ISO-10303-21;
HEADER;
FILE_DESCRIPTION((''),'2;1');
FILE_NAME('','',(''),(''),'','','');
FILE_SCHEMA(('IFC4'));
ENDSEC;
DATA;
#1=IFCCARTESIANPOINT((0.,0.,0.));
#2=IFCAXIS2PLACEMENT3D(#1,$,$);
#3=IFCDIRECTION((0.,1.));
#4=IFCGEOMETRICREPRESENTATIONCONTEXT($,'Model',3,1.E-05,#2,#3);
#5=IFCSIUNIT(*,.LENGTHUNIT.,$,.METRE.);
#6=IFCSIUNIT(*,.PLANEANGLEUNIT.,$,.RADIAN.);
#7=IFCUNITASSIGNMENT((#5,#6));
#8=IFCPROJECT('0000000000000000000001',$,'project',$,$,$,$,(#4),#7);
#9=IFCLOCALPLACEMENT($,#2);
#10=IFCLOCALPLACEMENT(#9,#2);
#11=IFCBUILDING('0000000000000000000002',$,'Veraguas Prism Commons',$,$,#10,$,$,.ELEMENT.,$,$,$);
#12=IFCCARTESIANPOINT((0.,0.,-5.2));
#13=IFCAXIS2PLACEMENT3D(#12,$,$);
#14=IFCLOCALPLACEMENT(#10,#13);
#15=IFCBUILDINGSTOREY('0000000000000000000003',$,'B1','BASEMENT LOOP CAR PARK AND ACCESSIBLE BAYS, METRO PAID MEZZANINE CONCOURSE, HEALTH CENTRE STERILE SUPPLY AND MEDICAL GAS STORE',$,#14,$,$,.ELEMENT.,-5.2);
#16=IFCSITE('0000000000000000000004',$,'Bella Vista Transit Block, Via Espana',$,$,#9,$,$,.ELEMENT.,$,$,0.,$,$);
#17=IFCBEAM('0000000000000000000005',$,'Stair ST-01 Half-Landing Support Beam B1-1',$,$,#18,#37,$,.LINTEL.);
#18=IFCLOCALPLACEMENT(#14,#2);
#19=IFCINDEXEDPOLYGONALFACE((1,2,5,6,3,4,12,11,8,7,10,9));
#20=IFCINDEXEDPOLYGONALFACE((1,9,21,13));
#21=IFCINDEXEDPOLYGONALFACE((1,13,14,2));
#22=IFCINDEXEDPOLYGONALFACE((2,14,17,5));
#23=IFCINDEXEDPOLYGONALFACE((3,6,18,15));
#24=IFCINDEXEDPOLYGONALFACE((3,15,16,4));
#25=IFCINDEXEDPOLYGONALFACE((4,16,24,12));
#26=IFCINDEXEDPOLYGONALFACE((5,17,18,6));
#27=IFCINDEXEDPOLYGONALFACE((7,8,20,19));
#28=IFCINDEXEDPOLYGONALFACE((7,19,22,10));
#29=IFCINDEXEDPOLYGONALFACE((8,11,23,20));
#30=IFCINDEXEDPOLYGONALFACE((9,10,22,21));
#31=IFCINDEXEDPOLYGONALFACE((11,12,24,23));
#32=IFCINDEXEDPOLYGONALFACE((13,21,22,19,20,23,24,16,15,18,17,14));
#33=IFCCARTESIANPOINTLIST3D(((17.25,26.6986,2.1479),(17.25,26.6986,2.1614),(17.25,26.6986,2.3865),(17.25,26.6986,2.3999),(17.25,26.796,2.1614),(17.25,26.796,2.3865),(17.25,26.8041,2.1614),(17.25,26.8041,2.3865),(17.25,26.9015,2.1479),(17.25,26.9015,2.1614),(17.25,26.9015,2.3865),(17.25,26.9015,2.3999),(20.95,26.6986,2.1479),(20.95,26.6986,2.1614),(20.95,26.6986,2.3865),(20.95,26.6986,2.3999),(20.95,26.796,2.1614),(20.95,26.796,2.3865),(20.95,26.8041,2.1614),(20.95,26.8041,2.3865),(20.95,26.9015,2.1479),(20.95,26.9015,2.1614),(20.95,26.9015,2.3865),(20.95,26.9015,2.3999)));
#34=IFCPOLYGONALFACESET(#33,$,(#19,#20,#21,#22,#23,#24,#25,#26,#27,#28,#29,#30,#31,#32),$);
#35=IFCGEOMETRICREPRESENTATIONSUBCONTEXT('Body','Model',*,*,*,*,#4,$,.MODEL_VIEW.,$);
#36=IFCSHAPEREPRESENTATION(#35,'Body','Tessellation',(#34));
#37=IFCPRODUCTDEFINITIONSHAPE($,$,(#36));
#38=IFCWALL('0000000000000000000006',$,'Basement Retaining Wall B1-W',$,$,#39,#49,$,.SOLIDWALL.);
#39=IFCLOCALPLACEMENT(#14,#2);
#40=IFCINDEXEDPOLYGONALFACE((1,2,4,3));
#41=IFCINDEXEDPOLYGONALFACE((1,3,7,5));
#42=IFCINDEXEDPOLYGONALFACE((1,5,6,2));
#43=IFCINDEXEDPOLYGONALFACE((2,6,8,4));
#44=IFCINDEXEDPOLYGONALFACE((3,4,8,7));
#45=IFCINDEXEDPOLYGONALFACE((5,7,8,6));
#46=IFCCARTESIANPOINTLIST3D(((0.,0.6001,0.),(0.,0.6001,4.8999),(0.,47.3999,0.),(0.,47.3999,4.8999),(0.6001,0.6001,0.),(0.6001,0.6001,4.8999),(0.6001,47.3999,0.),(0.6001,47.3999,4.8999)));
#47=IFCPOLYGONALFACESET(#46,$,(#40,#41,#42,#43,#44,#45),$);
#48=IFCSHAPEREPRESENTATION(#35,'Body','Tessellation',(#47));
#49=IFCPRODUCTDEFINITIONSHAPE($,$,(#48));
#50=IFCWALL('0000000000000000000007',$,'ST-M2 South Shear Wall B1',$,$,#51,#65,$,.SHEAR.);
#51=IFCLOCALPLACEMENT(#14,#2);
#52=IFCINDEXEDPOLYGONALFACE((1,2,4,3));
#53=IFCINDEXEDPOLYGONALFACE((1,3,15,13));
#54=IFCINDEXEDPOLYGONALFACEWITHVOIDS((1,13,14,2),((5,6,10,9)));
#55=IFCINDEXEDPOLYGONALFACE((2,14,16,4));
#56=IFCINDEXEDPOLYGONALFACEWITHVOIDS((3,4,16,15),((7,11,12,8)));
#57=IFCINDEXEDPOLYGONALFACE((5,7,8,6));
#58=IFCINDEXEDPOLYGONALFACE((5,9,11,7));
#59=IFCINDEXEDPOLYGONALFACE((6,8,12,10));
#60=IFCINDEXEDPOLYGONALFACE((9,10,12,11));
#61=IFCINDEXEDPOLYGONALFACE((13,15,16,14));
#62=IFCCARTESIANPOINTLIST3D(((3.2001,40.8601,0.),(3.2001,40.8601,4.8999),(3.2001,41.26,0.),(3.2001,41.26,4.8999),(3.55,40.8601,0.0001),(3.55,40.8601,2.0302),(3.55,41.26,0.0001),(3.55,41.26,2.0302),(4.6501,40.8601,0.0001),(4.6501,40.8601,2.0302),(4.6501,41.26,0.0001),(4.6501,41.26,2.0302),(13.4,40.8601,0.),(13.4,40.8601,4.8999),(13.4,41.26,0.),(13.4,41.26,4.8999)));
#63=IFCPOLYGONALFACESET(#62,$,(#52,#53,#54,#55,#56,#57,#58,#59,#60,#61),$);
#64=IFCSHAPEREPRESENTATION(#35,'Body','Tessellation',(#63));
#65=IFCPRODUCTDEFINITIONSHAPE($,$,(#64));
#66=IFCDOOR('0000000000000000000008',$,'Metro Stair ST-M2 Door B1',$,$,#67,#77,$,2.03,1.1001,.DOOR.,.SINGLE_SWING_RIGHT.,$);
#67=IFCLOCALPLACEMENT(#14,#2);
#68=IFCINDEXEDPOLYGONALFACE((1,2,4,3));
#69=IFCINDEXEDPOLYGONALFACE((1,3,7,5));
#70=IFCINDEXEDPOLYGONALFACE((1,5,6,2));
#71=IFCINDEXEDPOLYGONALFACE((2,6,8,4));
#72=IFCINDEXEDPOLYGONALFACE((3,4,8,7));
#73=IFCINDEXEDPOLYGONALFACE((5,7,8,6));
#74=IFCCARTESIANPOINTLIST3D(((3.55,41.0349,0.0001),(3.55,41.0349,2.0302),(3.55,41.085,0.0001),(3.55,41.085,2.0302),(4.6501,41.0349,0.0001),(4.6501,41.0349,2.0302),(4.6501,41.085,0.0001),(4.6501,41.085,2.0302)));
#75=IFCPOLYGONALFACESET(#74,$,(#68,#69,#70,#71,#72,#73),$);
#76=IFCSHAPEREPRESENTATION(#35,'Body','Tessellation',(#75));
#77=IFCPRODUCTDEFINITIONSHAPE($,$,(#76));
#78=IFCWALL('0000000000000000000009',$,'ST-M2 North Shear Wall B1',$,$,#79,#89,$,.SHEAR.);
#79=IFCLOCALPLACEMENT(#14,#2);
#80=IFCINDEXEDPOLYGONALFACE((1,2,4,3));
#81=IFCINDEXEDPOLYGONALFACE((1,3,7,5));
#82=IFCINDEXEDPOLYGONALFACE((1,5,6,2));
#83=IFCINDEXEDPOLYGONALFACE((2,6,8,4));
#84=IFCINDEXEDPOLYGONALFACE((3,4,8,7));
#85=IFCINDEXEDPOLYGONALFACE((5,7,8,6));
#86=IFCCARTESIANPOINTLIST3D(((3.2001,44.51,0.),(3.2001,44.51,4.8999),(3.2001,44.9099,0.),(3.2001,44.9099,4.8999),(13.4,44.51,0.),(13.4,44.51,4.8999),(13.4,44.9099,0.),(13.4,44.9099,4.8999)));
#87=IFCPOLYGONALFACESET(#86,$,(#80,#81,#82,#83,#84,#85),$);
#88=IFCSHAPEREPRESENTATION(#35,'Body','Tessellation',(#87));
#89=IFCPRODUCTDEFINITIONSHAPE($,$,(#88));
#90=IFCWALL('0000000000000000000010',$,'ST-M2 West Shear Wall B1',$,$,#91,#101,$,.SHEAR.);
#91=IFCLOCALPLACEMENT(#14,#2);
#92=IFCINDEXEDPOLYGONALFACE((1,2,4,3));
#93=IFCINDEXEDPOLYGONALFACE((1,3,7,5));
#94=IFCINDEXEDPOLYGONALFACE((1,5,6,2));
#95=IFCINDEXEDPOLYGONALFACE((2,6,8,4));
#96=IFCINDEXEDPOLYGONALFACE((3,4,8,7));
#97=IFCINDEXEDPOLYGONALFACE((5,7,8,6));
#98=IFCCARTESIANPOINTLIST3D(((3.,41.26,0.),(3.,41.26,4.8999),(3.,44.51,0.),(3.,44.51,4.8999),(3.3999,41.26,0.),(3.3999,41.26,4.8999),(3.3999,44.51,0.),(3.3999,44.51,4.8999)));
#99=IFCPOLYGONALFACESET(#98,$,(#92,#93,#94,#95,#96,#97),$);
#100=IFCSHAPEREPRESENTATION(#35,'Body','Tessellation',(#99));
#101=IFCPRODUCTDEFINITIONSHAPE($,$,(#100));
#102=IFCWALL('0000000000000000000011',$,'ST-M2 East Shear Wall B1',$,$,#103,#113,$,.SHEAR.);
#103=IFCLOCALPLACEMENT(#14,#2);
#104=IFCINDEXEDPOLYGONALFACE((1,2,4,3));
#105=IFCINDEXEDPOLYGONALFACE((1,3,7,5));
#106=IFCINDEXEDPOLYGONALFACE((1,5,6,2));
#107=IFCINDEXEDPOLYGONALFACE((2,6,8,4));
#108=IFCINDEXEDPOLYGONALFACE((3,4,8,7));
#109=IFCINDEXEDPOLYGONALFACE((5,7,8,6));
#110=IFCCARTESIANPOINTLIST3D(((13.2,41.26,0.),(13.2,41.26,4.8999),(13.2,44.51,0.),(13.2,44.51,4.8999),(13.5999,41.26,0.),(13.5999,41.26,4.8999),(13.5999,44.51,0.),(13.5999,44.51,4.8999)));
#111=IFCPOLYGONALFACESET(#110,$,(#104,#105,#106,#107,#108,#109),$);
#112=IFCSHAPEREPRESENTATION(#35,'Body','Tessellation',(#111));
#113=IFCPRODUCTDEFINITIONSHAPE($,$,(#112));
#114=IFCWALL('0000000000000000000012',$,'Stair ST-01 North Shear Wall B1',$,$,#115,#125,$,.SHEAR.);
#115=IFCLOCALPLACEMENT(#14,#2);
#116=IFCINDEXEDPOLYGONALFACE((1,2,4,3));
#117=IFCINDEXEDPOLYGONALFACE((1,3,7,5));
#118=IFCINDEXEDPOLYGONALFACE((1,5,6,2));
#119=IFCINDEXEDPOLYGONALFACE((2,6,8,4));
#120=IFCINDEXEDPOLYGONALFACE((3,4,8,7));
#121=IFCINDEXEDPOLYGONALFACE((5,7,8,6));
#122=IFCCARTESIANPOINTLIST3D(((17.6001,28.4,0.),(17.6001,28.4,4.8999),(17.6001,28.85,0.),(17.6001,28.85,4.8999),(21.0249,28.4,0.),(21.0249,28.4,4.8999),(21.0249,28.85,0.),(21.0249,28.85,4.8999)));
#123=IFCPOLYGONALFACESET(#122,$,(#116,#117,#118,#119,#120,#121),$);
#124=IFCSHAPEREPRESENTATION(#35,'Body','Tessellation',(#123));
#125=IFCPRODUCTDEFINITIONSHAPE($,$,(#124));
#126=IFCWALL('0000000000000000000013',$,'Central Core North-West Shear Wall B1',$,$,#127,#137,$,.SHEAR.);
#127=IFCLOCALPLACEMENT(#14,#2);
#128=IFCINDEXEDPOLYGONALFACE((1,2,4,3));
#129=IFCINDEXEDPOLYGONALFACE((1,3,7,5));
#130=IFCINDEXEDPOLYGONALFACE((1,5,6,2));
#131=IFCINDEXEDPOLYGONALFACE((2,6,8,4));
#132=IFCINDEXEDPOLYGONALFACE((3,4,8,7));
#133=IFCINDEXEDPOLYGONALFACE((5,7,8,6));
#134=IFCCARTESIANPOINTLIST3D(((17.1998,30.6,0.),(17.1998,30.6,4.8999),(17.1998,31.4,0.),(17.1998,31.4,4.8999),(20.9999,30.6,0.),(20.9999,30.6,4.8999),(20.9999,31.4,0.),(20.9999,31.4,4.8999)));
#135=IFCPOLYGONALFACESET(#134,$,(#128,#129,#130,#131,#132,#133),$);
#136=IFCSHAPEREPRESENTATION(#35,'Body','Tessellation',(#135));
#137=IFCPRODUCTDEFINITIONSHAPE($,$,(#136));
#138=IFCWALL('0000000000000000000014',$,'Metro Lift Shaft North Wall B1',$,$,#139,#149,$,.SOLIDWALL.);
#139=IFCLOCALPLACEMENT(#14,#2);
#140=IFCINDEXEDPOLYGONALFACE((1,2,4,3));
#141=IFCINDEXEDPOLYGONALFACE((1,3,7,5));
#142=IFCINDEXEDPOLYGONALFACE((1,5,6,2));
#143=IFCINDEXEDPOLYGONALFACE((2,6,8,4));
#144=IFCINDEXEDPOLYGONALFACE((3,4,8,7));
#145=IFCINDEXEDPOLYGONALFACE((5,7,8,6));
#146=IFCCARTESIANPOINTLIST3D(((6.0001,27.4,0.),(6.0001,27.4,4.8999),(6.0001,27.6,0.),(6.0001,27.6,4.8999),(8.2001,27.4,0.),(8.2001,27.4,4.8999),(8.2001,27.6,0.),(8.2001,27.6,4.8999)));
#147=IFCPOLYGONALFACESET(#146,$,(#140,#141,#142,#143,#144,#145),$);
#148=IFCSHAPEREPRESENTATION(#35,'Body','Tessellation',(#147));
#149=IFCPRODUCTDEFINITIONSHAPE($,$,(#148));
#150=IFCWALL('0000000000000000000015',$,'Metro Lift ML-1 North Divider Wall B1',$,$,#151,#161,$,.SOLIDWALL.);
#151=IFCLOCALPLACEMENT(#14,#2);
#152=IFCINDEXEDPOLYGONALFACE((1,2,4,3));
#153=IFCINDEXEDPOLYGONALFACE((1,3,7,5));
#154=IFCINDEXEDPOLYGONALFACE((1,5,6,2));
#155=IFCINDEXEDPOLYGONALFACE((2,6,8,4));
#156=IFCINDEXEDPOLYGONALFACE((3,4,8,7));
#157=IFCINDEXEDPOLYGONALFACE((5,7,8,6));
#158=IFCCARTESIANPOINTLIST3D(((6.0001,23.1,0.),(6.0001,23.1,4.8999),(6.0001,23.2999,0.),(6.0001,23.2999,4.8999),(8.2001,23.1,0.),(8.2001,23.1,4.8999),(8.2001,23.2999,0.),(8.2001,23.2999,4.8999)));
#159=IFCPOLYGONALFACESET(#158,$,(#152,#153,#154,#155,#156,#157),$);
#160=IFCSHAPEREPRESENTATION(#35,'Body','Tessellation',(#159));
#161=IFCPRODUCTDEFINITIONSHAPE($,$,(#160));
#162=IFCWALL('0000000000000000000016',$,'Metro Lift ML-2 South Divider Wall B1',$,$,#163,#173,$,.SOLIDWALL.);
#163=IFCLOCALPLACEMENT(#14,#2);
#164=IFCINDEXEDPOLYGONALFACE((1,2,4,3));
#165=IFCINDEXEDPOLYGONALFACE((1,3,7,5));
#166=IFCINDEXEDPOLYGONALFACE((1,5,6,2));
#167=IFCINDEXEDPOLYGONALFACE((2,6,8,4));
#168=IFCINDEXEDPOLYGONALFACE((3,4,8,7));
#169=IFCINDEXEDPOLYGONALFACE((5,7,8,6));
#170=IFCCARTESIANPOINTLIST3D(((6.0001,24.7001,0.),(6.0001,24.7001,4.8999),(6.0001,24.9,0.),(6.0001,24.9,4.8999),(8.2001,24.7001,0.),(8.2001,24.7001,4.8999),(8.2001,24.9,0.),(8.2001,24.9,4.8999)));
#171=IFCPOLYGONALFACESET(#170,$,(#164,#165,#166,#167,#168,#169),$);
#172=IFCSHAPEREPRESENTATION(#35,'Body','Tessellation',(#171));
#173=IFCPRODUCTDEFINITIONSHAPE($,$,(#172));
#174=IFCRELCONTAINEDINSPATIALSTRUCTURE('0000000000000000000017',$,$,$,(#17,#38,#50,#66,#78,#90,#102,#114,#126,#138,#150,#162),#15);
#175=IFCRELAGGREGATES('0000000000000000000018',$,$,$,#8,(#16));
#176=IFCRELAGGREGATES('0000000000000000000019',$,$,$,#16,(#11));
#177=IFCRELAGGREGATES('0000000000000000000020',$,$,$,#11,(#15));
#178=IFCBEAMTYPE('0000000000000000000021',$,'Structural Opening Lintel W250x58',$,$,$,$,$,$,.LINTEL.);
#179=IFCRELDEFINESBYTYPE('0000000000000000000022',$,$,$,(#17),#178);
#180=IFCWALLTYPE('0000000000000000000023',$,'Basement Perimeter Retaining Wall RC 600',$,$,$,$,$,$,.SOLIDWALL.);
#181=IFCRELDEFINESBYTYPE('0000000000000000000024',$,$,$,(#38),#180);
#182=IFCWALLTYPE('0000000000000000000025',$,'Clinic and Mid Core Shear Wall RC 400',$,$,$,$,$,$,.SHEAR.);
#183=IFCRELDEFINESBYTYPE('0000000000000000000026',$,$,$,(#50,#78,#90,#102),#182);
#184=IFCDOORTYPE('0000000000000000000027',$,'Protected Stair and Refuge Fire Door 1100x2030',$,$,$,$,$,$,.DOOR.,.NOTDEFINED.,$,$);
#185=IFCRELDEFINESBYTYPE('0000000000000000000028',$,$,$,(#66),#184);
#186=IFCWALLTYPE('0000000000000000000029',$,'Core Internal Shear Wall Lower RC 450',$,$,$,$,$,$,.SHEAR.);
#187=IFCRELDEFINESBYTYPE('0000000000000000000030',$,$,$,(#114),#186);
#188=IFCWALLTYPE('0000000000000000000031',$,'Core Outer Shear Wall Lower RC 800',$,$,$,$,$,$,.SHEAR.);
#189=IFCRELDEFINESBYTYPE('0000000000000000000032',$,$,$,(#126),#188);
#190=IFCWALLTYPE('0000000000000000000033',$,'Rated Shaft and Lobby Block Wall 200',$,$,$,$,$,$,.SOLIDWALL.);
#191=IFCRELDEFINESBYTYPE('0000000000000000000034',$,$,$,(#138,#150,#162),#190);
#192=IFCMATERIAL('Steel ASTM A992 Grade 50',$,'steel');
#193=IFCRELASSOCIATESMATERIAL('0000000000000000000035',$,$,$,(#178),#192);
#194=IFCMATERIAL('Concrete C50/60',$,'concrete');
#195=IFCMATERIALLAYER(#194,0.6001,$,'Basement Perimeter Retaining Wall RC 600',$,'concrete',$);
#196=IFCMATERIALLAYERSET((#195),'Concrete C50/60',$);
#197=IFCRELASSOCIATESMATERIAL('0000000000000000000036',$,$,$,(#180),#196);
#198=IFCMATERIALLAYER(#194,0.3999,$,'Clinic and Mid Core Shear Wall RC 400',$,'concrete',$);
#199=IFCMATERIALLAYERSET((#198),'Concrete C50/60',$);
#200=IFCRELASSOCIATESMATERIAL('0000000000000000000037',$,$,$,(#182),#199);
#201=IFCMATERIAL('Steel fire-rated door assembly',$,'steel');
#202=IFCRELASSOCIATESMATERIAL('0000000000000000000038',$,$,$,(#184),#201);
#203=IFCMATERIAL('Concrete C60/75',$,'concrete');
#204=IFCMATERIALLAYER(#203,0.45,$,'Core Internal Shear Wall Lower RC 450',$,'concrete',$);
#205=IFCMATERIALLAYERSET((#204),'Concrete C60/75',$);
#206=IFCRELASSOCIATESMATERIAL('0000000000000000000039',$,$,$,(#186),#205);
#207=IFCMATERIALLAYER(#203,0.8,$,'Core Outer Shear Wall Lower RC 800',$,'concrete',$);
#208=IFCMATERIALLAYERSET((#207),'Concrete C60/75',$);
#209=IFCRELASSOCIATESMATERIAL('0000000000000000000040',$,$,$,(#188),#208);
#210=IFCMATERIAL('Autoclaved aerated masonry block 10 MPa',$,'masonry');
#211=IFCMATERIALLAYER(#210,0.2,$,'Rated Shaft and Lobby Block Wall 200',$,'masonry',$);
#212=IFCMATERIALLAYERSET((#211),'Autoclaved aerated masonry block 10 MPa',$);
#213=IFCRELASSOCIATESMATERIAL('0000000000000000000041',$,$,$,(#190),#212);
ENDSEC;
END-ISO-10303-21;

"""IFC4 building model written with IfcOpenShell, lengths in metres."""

from ifc_helpers import new_model, si_unit, direction, frame, frame_2d, origin, origin_2d, place, context, subcontext, project, spatial, rectangle, i_section, extrude, source, transform, mapped, material, layer, layer_set, material_profile, profile_set, type_object, element, fill, save


model = new_model("IFC4")

# Units and contexts
model_context = context("Model", 3, precision=1e-05, world=origin(), true_north=direction((0.0, 1.0)))
body_context = subcontext(model_context, "Body", "Model", "MODEL_VIEW")
ifc_project = project(units=[si_unit("LENGTHUNIT", "METRE"), si_unit("PLANEANGLEUNIT", "RADIAN")], contexts=[model_context])

# Site, building, storey
site_placement = place(None, origin())
site = spatial("IfcSite", under=ifc_project, at=site_placement, Name="Bella Vista Transit Block, Via Espana", CompositionType="ELEMENT", RefElevation=0.0)
building_placement = place(site_placement, origin())
building = spatial("IfcBuilding", under=site, at=building_placement, Name="Veraguas Prism Commons", CompositionType="ELEMENT")
storey_placement = place(building_placement, frame((0.0, 0.0, -5.2)))
storey = spatial("IfcBuildingStorey", under=building, at=storey_placement, Name="B1", Description="BASEMENT LOOP CAR PARK AND ACCESSIBLE BAYS, METRO PAID MEZZANINE CONCOURSE, HEALTH CENTRE STERILE SUPPLY AND MEDICAL GAS STORE", CompositionType="ELEMENT", Elevation=-5.2)

# Shared definitions
ifc_material_1 = material(Name="Concrete C60/75", Category="concrete")

# Beam
ifc_material_2 = material(Name="Steel ASTM A992 Grade 50", Category="steel")
ifc_material_3 = material(Name="Concrete C50/60", Category="concrete")
ifc_material_profile_1 = material_profile(ifc_material_2, i_section(OverallWidth=0.2029, OverallDepth=0.252, WebThickness=0.0081, FlangeThickness=0.0134, at=origin_2d()), Name="W250X58")
ifc_profile_set_1 = profile_set([ifc_material_profile_1], Name="Steel ASTM A992 Grade 50")
beam_type_1 = type_object("IfcBeamType", Name="Structural Opening Lintel W250x58", PredefinedType="LINTEL", material=ifc_profile_set_1)
beam_1_placement = place(storey_placement, frame((17.25, 26.8, 2.2739), z_axis=(1.0, 0.0, 0.0), x_axis=(0.0, 1.0, 0.0)))
element("IfcBeam", 1, at=beam_1_placement, inside=storey, type_object=beam_type_1, Name="Stair ST-01 Half-Landing Support Beam B1-1", PredefinedType="LINTEL", context=body_context, shape_type="SweptSolid", body=[
    extrude(i_section(OverallWidth=0.2029, OverallDepth=0.252, WebThickness=0.0081, FlangeThickness=0.0134, at=origin_2d()), origin(), (0.0, 0.0, 1.0), 3.7),
])

# Wall
ifc_layer_1 = layer(ifc_material_3, 0.6001, Name="Basement Perimeter Retaining Wall RC 600", Category="concrete")
ifc_layer_set_1 = layer_set([ifc_layer_1], Name="Concrete C50/60")
wall_type_1 = type_object("IfcWallType", Name="Basement Perimeter Retaining Wall RC 600", PredefinedType="SOLIDWALL", material=ifc_layer_set_1)
wall_1_placement = place(storey_placement, frame((0.3, 47.3999, 0.0), z_axis=(0.0, 0.0, 1.0), x_axis=(0.0, -1.0, 0.0)))
element("IfcWall", 2, at=wall_1_placement, inside=storey, type_object=wall_type_1, Name="Basement Retaining Wall B1-W", PredefinedType="SOLIDWALL", context=body_context, shape_type="SweptSolid", body=[
    extrude(rectangle(XDim=46.7998, YDim=0.6001, at=frame_2d((23.3999, 0.0))), origin(), (0.0, 0.0, 1.0), 4.8999),
])

# Wall, opening, door
ifc_layer_2 = layer(ifc_material_3, 0.3999, Name="Clinic and Mid Core Shear Wall RC 400", Category="concrete")
ifc_layer_set_2 = layer_set([ifc_layer_2], Name="Concrete C50/60")
wall_type_2 = type_object("IfcWallType", Name="Clinic and Mid Core Shear Wall RC 400", PredefinedType="SHEAR", material=ifc_layer_set_2)
wall_2_placement = place(storey_placement, frame((3.2, 41.0601, 0.0), z_axis=(0.0, 0.0, 1.0), x_axis=(1.0, 0.0, 0.0)))
wall_2 = element("IfcWall", 3, at=wall_2_placement, inside=storey, type_object=wall_type_2, Name="ST-M2 South Shear Wall B1", PredefinedType="SHEAR", context=body_context, shape_type="SweptSolid", body=[
    extrude(rectangle(XDim=10.2, YDim=0.3999, at=frame_2d((5.1001, 0.0))), origin(), (0.0, 0.0, 1.0), 4.8999),
])
opening_1_placement = place(wall_2_placement, frame((0.3501, 0.0, 0.0)))
opening_1 = element("IfcOpeningElement", 4, at=opening_1_placement, cuts=wall_2, PredefinedType="OPENING", context=body_context, shape_type="SweptSolid", body=[
    extrude(rectangle(XDim=1.1001, YDim=2.03, at=frame_2d((0.55, 1.0151))), frame((0.0, 0.21, 0.0), z_axis=(0.0, -1.0, 0.0), x_axis=(1.0, 0.0, 0.0)), (0.0, 0.0, 1.0), 0.4199),
])
ifc_material_4 = material(Name="Steel fire-rated door assembly", Category="steel")
door_type_1 = type_object("IfcDoorType", Name="Protected Stair and Refuge Fire Door 1100x2030", OperationType="NOTDEFINED", PredefinedType="DOOR", material=ifc_material_4)
shared_shape_1 = source(origin(), body_context, "Body", "SweptSolid", [
    extrude(rectangle(XDim=1.1001, YDim=2.03, at=frame_2d((0.55, 1.0151))), frame((0.0, 0.0249, 0.0), z_axis=(0.0, -1.0, 0.0), x_axis=(1.0, 0.0, 0.0)), (0.0, 0.0, 1.0), 0.05),
])
door_1_placement = place(opening_1_placement, origin())
door_1 = element("IfcDoor", 5, at=door_1_placement, inside=storey, type_object=door_type_1, Name="Metro Stair ST-M2 Door B1", OperationType="SINGLE_SWING_RIGHT", OverallHeight=2.03, OverallWidth=1.1001, PredefinedType="DOOR", context=body_context, shape_type="MappedRepresentation", body=[
    mapped(shared_shape_1, transform((0.0, 0.0, 0.0), scale=1.0)),
])
fill(opening_1, door_1)

# Walls
wall_3_placement = place(storey_placement, frame((3.2, 44.71, 0.0), z_axis=(0.0, 0.0, 1.0), x_axis=(1.0, 0.0, 0.0)))
element("IfcWall", 6, at=wall_3_placement, inside=storey, type_object=wall_type_2, Name="ST-M2 North Shear Wall B1", PredefinedType="SHEAR", context=body_context, shape_type="SweptSolid", body=[
    extrude(rectangle(XDim=10.2, YDim=0.3999, at=frame_2d((5.1001, 0.0))), origin(), (0.0, 0.0, 1.0), 4.8999),
])
for number, where, z_axis, x_axis, name in (
    (7, (3.2, 41.26, 0.0), (0.0, 0.0, 1.0), (0.0, 1.0, 0.0), "ST-M2 West Shear Wall B1"),
    (8, (13.3999, 41.26, 0.0), (0.0, 0.0, 1.0), (0.0, 1.0, 0.0), "ST-M2 East Shear Wall B1"),
):
    element("IfcWall", number, at=place(storey_placement, frame(where, z_axis=z_axis, x_axis=x_axis)), inside=storey, type_object=wall_type_2, Name=name, PredefinedType="SHEAR", context=body_context, shape_type="SweptSolid", body=[
        extrude(rectangle(XDim=3.25, YDim=0.3999, at=frame_2d((1.625, 0.0))), origin(), (0.0, 0.0, 1.0), 4.8999),
    ])
ifc_layer_3 = layer(ifc_material_1, 0.45, Name="Core Internal Shear Wall Lower RC 450", Category="concrete")
ifc_layer_set_3 = layer_set([ifc_layer_3], Name="Concrete C60/75")
wall_type_3 = type_object("IfcWallType", Name="Core Internal Shear Wall Lower RC 450", PredefinedType="SHEAR", material=ifc_layer_set_3)
wall_4_placement = place(storey_placement, frame((17.6001, 28.625, 0.0), z_axis=(0.0, 0.0, 1.0), x_axis=(1.0, 0.0, 0.0)))
element("IfcWall", 9, at=wall_4_placement, inside=storey, type_object=wall_type_3, Name="Stair ST-01 North Shear Wall B1", PredefinedType="SHEAR", context=body_context, shape_type="SweptSolid", body=[
    extrude(rectangle(XDim=3.4248, YDim=0.45, at=frame_2d((1.7124, 0.0))), origin(), (0.0, 0.0, 1.0), 4.8999),
])
ifc_layer_4 = layer(ifc_material_1, 0.8, Name="Core Outer Shear Wall Lower RC 800", Category="concrete")
ifc_layer_set_4 = layer_set([ifc_layer_4], Name="Concrete C60/75")
wall_type_4 = type_object("IfcWallType", Name="Core Outer Shear Wall Lower RC 800", PredefinedType="SHEAR", material=ifc_layer_set_4)
wall_5_placement = place(storey_placement, frame((17.2, 31.0, 0.0), z_axis=(0.0, 0.0, 1.0), x_axis=(1.0, 0.0, 0.0)))
element("IfcWall", 10, at=wall_5_placement, inside=storey, type_object=wall_type_4, Name="Central Core North-West Shear Wall B1", PredefinedType="SHEAR", context=body_context, shape_type="SweptSolid", body=[
    extrude(rectangle(XDim=3.8, YDim=0.8, at=frame_2d((1.8999, 0.0))), origin(), (0.0, 0.0, 1.0), 4.8999),
])
ifc_material_5 = material(Name="Autoclaved aerated masonry block 10 MPa", Category="masonry")
ifc_layer_5 = layer(ifc_material_5, 0.2, Name="Rated Shaft and Lobby Block Wall 200", Category="masonry")
ifc_layer_set_5 = layer_set([ifc_layer_5], Name="Autoclaved aerated masonry block 10 MPa")
wall_type_5 = type_object("IfcWallType", Name="Rated Shaft and Lobby Block Wall 200", PredefinedType="SOLIDWALL", material=ifc_layer_set_5)
for number, where, z_axis, x_axis, name in (
    (11, (6.0, 27.5, 0.0), (0.0, 0.0, 1.0), (1.0, 0.0, 0.0), "Metro Lift Shaft North Wall B1"),
    (12, (6.0, 23.2, 0.0), (0.0, 0.0, 1.0), (1.0, 0.0, 0.0), "Metro Lift ML-1 North Divider Wall B1"),
    (13, (6.0, 24.8, 0.0), (0.0, 0.0, 1.0), (1.0, 0.0, 0.0), "Metro Lift ML-2 South Divider Wall B1"),
):
    element("IfcWall", number, at=place(storey_placement, frame(where, z_axis=z_axis, x_axis=x_axis)), inside=storey, type_object=wall_type_5, Name=name, PredefinedType="SOLIDWALL", context=body_context, shape_type="SweptSolid", body=[
        extrude(rectangle(XDim=2.2, YDim=0.2, at=frame_2d((1.1001, 0.0))), origin(), (0.0, 0.0, 1.0), 4.8999),
    ])

save(model, "model.ifc")
